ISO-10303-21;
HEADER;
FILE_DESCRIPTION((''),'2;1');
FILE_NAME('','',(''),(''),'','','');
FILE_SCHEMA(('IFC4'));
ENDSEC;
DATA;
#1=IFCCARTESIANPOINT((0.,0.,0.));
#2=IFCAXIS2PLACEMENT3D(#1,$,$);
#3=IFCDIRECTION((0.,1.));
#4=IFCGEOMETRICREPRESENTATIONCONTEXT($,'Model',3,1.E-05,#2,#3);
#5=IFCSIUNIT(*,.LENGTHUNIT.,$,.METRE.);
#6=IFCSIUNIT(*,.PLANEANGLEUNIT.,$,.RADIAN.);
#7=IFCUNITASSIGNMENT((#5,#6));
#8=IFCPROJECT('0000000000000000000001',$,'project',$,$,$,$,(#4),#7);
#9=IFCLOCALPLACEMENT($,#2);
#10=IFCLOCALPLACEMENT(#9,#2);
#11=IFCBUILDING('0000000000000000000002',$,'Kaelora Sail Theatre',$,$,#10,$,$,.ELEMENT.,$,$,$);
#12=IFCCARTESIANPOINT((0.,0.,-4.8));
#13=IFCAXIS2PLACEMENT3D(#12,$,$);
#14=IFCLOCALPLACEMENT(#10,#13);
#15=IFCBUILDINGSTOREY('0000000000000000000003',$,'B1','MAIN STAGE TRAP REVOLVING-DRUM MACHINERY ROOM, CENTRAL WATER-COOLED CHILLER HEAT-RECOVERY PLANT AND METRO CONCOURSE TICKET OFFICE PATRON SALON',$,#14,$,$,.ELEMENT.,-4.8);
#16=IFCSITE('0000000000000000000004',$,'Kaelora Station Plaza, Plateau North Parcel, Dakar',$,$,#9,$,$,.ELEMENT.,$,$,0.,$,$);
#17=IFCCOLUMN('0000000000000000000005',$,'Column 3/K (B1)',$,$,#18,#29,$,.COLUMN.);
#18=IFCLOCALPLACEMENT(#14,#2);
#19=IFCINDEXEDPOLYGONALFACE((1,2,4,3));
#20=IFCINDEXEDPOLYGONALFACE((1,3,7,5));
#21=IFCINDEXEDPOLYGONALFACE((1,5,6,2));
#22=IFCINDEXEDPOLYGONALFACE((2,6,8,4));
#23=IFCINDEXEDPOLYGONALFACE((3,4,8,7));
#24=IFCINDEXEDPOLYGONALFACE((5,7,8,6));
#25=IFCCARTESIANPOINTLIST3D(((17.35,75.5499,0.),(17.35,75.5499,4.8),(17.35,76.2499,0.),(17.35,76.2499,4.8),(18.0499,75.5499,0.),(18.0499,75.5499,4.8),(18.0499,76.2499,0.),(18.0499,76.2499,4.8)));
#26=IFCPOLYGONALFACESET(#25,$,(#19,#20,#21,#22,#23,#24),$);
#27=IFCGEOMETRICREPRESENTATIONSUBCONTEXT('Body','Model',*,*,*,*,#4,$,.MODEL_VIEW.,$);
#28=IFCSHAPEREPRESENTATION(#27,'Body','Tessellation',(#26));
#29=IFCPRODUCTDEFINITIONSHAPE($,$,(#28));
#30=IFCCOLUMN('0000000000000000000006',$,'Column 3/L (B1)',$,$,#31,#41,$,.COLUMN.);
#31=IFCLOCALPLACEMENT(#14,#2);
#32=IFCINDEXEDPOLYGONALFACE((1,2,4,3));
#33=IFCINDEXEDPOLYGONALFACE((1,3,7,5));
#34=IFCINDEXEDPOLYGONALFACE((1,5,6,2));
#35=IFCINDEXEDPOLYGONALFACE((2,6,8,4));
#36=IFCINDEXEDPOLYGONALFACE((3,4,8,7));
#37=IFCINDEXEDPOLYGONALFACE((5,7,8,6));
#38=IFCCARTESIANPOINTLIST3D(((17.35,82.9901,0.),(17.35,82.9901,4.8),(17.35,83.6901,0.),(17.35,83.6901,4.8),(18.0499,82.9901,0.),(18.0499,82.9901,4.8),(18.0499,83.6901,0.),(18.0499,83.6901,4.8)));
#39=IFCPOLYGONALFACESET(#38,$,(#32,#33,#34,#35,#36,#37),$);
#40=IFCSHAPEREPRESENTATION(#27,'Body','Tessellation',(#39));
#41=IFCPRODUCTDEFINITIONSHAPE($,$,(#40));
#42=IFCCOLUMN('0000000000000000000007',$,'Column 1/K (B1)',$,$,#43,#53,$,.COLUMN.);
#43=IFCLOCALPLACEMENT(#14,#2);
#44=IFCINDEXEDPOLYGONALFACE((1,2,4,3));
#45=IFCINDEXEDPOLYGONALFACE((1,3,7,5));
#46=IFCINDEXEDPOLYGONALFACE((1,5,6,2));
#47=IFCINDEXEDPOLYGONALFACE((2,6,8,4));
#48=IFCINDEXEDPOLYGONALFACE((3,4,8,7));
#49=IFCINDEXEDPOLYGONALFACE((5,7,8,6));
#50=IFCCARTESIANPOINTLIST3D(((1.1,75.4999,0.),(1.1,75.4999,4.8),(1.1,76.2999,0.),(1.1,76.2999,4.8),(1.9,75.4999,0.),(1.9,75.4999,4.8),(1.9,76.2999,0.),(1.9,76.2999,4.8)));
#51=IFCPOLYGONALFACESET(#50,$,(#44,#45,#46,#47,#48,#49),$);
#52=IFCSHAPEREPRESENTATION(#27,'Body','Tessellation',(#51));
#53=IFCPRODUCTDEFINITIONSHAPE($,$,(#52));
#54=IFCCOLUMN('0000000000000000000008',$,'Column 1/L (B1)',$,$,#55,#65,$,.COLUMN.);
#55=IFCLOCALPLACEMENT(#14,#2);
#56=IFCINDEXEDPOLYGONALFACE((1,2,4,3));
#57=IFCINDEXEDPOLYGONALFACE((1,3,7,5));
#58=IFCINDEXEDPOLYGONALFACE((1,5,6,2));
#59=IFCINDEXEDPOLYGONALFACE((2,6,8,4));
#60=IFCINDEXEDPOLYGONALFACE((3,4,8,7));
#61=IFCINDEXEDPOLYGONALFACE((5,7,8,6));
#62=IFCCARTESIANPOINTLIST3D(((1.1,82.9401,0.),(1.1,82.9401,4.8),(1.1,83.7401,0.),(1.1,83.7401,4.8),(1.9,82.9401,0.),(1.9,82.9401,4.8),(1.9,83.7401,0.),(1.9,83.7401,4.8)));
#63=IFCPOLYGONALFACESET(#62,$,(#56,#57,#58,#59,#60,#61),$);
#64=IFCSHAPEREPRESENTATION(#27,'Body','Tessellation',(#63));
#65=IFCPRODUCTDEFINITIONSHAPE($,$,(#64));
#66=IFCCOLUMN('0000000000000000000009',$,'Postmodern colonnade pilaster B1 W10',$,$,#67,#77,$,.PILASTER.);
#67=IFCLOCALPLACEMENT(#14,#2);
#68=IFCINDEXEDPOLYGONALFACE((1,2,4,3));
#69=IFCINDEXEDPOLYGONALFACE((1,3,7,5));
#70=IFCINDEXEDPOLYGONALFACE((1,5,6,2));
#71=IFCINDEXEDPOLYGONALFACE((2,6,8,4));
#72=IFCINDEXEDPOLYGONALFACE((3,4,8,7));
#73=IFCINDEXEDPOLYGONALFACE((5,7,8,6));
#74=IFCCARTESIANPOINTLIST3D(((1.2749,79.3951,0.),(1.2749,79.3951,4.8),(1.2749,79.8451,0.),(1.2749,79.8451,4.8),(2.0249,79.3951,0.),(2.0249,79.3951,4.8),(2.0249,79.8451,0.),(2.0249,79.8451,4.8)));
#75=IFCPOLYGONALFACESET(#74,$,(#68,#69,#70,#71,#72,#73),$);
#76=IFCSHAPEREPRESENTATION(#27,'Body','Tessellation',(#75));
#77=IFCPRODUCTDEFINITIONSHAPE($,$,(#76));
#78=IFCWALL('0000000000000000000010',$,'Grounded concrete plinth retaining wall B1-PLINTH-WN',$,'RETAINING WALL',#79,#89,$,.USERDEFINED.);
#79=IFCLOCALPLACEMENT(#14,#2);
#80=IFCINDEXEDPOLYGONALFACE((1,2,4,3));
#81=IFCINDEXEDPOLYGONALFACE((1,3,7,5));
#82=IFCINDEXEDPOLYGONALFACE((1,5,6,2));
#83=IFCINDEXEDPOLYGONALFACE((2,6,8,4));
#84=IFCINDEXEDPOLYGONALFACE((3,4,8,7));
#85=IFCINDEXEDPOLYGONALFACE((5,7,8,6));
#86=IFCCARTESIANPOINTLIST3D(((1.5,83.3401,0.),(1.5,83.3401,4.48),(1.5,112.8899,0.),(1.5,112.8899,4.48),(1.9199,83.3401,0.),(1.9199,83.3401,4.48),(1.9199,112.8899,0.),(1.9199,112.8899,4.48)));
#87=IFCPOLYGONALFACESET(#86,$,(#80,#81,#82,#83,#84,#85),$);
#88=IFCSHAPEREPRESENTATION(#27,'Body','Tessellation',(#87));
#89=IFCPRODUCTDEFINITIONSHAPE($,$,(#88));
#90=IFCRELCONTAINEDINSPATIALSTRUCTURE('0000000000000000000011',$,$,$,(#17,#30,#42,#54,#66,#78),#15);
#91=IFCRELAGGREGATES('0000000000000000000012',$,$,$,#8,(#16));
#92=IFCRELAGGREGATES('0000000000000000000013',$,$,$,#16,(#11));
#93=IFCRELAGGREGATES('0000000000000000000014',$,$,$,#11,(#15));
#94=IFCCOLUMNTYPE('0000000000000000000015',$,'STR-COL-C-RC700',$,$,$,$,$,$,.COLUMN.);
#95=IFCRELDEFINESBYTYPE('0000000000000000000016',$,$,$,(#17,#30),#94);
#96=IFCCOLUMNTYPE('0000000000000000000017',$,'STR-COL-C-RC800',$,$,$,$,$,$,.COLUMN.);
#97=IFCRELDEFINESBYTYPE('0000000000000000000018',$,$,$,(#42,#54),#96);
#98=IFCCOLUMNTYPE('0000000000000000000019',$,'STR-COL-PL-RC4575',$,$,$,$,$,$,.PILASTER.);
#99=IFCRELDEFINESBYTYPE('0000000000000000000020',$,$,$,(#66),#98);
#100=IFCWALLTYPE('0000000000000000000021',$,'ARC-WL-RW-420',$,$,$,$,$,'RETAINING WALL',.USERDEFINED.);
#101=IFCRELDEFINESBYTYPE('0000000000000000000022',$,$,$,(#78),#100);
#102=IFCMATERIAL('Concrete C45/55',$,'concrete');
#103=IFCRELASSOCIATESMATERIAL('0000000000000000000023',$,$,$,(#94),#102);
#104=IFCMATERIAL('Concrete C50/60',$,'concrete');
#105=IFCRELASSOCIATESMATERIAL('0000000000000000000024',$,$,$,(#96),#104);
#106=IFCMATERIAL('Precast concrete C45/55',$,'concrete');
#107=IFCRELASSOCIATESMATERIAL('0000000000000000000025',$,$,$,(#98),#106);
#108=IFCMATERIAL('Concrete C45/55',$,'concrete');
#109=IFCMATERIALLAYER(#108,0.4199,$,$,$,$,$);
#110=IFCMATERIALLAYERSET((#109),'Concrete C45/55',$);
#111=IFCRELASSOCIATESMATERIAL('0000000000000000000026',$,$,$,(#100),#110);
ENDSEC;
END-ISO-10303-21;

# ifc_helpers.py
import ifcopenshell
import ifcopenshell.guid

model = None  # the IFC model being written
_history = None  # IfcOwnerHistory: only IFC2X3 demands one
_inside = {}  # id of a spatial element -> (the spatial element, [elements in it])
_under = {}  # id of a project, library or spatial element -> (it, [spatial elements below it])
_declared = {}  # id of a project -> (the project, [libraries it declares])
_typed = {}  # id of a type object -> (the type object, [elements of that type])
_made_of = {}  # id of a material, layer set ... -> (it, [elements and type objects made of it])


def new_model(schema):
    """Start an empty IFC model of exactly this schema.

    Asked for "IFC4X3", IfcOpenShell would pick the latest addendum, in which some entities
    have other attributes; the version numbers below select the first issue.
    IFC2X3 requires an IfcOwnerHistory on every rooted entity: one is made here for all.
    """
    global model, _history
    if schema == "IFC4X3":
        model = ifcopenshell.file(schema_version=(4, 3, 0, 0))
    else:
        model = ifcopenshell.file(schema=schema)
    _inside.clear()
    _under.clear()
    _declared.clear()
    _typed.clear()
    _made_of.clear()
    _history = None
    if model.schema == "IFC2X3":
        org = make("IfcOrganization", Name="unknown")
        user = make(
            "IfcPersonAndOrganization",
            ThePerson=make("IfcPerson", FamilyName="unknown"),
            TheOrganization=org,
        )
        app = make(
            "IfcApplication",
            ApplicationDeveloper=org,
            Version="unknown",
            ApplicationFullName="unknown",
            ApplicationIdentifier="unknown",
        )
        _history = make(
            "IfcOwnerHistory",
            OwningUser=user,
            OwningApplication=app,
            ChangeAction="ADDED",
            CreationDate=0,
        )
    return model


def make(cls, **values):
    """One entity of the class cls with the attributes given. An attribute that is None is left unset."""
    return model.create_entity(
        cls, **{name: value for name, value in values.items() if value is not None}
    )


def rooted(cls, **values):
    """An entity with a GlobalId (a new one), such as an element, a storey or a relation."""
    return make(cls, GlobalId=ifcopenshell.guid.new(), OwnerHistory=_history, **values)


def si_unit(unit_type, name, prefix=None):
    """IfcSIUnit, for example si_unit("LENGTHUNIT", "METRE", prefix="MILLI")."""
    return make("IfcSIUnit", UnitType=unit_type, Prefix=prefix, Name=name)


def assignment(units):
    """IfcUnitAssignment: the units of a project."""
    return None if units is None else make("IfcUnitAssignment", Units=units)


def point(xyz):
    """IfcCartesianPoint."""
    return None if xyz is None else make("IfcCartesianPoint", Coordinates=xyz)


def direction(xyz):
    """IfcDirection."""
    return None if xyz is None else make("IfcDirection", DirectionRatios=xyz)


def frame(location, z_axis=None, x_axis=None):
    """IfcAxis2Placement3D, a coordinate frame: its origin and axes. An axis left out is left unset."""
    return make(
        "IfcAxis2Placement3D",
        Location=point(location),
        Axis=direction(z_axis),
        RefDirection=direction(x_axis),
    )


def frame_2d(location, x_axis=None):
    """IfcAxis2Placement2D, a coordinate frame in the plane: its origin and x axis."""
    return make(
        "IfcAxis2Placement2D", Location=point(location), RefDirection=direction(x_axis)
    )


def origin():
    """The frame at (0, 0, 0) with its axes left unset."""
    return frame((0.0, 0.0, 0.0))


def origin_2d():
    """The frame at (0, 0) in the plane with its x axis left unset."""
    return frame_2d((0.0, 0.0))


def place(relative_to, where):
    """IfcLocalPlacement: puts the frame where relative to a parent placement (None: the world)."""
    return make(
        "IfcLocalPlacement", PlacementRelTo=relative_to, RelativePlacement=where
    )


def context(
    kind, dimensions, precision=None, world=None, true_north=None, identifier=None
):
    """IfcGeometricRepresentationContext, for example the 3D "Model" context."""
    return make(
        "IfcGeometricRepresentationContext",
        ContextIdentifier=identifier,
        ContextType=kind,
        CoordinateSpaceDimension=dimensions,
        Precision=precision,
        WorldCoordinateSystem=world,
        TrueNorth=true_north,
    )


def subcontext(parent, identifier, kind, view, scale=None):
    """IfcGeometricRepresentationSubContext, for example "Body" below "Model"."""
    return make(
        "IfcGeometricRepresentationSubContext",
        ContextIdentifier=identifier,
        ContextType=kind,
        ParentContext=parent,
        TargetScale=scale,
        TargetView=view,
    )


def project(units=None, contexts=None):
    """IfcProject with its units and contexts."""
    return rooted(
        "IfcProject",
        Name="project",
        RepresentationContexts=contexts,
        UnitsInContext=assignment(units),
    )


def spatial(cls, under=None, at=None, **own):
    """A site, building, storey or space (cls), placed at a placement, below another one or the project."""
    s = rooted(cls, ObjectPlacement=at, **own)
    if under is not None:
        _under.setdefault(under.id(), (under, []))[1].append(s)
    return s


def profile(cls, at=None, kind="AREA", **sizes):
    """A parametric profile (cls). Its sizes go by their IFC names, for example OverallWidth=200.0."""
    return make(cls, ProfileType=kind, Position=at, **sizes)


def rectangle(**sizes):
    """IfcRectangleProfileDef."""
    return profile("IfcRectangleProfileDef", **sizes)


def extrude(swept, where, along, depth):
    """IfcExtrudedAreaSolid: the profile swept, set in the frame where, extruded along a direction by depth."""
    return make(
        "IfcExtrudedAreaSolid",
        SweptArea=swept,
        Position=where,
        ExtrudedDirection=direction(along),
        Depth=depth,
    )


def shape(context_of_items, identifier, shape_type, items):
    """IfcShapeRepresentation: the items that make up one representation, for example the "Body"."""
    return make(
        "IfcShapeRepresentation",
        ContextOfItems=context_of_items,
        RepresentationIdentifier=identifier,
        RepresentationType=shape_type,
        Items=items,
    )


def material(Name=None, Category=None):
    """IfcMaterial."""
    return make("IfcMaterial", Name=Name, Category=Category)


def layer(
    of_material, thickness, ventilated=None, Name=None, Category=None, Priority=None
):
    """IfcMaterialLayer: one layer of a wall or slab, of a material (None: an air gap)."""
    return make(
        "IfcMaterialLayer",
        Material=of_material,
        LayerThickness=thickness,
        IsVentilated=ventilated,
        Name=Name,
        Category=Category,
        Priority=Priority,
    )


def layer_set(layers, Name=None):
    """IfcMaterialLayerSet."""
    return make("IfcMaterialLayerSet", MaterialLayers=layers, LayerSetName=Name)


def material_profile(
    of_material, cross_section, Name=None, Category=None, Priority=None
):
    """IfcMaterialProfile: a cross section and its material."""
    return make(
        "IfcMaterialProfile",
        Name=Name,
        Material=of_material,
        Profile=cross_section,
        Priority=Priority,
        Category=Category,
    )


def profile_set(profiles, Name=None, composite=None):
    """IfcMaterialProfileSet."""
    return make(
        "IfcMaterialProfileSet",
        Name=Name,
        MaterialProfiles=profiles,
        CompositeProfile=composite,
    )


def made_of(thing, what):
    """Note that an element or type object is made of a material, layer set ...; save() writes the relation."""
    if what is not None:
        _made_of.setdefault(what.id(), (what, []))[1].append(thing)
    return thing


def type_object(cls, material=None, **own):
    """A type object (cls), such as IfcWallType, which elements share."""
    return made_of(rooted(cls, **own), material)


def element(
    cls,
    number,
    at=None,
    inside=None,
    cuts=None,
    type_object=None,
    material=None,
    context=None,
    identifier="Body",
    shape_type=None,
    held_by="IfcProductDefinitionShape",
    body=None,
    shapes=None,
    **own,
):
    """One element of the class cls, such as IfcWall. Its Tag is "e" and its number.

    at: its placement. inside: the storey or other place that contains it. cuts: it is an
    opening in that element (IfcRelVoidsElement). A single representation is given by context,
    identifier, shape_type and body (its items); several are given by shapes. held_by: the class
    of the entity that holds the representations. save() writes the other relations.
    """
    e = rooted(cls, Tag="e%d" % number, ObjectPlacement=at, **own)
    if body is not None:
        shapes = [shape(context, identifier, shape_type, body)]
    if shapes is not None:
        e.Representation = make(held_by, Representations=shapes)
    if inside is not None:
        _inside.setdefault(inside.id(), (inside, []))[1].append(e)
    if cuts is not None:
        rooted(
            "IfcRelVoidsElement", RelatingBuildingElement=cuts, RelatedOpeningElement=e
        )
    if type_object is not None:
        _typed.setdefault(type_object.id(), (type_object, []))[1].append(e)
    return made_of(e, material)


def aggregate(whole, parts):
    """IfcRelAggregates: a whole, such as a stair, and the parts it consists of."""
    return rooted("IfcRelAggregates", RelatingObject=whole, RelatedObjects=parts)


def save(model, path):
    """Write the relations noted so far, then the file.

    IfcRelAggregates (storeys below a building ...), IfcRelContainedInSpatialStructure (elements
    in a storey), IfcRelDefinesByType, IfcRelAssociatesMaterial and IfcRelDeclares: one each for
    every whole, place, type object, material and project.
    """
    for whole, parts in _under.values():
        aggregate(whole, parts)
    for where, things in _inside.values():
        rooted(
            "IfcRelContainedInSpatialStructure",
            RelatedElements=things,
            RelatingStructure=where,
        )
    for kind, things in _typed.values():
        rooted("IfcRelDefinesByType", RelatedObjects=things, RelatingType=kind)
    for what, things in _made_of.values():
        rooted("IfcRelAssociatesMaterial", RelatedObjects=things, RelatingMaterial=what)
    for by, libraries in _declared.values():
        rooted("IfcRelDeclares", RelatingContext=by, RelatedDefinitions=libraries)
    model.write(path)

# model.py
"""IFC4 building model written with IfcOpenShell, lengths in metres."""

from ifc_helpers import new_model, si_unit, direction, frame, frame_2d, origin, origin_2d, place, context, subcontext, project, spatial, rectangle, extrude, material, layer, layer_set, material_profile, profile_set, type_object, element, save


model = new_model("IFC4")

# Units and contexts
model_context = context("Model", 3, precision=1e-05, world=origin(), true_north=direction((0.0, 1.0)))
body_context = subcontext(model_context, "Body", "Model", "MODEL_VIEW")
ifc_project = project(units=[si_unit("LENGTHUNIT", "METRE"), si_unit("PLANEANGLEUNIT", "RADIAN")], contexts=[model_context])

# Site, building, storey
site_placement = place(None, origin())
site = spatial("IfcSite", under=ifc_project, at=site_placement, Name="Kaelora Station Plaza, Plateau North Parcel, Dakar", CompositionType="ELEMENT", RefElevation=0.0)
building_placement = place(site_placement, origin())
building = spatial("IfcBuilding", under=site, at=building_placement, Name="Kaelora Sail Theatre", CompositionType="ELEMENT")
storey_placement = place(building_placement, frame((0.0, 0.0, -4.8)))
storey = spatial("IfcBuildingStorey", under=building, at=storey_placement, Name="B1", Description="MAIN STAGE TRAP REVOLVING-DRUM MACHINERY ROOM, CENTRAL WATER-COOLED CHILLER HEAT-RECOVERY PLANT AND METRO CONCOURSE TICKET OFFICE PATRON SALON", CompositionType="ELEMENT", Elevation=-4.8)

# Columns
ifc_material_1 = material(Name="Concrete C45/55", Category="concrete")
ifc_material_profile_1 = material_profile(ifc_material_1, rectangle(XDim=0.7, YDim=0.7, at=origin_2d()), Name="RC-COL 700x700")
ifc_profile_set_1 = profile_set([ifc_material_profile_1], Name="Concrete C45/55")
column_type_1 = type_object("IfcColumnType", Name="STR-COL-C-RC700", PredefinedType="COLUMN", material=ifc_profile_set_1)
for number, where, z_axis, x_axis, name in (
    (1, (17.7, 75.8999, 0.0), (0.0, 0.0, 1.0), (1.0, 0.0, 0.0), "Column 3/K (B1)"),
    (2, (17.7, 83.3401, 0.0), (0.0, 0.0, 1.0), (1.0, 0.0, 0.0), "Column 3/L (B1)"),
):
    element("IfcColumn", number, at=place(storey_placement, frame(where, z_axis=z_axis, x_axis=x_axis)), inside=storey, type_object=column_type_1, Name=name, PredefinedType="COLUMN", context=body_context, shape_type="SweptSolid", body=[
        extrude(rectangle(XDim=0.7, YDim=0.7, at=origin_2d()), origin(), (0.0, 0.0, 1.0), 4.8),
    ])
ifc_material_2 = material(Name="Concrete C50/60", Category="concrete")
ifc_material_profile_2 = material_profile(ifc_material_2, rectangle(XDim=0.8, YDim=0.8, at=origin_2d()), Name="RC-COL 800x800")
ifc_profile_set_2 = profile_set([ifc_material_profile_2], Name="Concrete C50/60")
column_type_2 = type_object("IfcColumnType", Name="STR-COL-C-RC800", PredefinedType="COLUMN", material=ifc_profile_set_2)
for number, where, z_axis, x_axis, name in (
    (3, (1.5, 75.8999, 0.0), (0.0, 0.0, 1.0), (1.0, 0.0, 0.0), "Column 1/K (B1)"),
    (4, (1.5, 83.3401, 0.0), (0.0, 0.0, 1.0), (1.0, 0.0, 0.0), "Column 1/L (B1)"),
):
    element("IfcColumn", number, at=place(storey_placement, frame(where, z_axis=z_axis, x_axis=x_axis)), inside=storey, type_object=column_type_2, Name=name, PredefinedType="COLUMN", context=body_context, shape_type="SweptSolid", body=[
        extrude(rectangle(XDim=0.8, YDim=0.8, at=origin_2d()), origin(), (0.0, 0.0, 1.0), 4.8),
    ])
ifc_material_3 = material(Name="Precast concrete C45/55", Category="concrete")
ifc_material_profile_3 = material_profile(ifc_material_3, rectangle(XDim=0.45, YDim=0.75, at=origin_2d()), Name="RC-PIL 450x750")
ifc_profile_set_3 = profile_set([ifc_material_profile_3], Name="Precast concrete C45/55")
column_type_3 = type_object("IfcColumnType", Name="STR-COL-PL-RC4575", PredefinedType="PILASTER", material=ifc_profile_set_3)
column_placement = place(storey_placement, frame((1.6499, 79.6201, 0.0), z_axis=(0.0, 0.0, 1.0), x_axis=(0.0, 1.0, 0.0)))
element("IfcColumn", 5, at=column_placement, inside=storey, type_object=column_type_3, Name="Postmodern colonnade pilaster B1 W10", PredefinedType="PILASTER", context=body_context, shape_type="SweptSolid", body=[
    extrude(rectangle(XDim=0.45, YDim=0.75, at=origin_2d()), origin(), (0.0, 0.0, 1.0), 4.8),
])

# Wall
ifc_material_4 = material(Name="Concrete C45/55", Category="concrete")
ifc_layer = layer(ifc_material_4, 0.4199)
ifc_layer_set = layer_set([ifc_layer], Name="Concrete C45/55")
wall_type = type_object("IfcWallType", Name="ARC-WL-RW-420", ElementType="RETAINING WALL", PredefinedType="USERDEFINED", material=ifc_layer_set)
wall_placement = place(storey_placement, frame((1.71, 83.3401, 0.0), z_axis=(0.0, 0.0, 1.0), x_axis=(0.0, 1.0, 0.0)))
element("IfcWall", 6, at=wall_placement, inside=storey, type_object=wall_type, Name="Grounded concrete plinth retaining wall B1-PLINTH-WN", ObjectType="RETAINING WALL", PredefinedType="USERDEFINED", context=body_context, shape_type="SweptSolid", body=[
    extrude(rectangle(XDim=29.5498, YDim=0.4199, at=frame_2d((14.7749, 0.0))), origin(), (0.0, 0.0, 1.0), 4.48),
])

save(model, "model.ifc")
